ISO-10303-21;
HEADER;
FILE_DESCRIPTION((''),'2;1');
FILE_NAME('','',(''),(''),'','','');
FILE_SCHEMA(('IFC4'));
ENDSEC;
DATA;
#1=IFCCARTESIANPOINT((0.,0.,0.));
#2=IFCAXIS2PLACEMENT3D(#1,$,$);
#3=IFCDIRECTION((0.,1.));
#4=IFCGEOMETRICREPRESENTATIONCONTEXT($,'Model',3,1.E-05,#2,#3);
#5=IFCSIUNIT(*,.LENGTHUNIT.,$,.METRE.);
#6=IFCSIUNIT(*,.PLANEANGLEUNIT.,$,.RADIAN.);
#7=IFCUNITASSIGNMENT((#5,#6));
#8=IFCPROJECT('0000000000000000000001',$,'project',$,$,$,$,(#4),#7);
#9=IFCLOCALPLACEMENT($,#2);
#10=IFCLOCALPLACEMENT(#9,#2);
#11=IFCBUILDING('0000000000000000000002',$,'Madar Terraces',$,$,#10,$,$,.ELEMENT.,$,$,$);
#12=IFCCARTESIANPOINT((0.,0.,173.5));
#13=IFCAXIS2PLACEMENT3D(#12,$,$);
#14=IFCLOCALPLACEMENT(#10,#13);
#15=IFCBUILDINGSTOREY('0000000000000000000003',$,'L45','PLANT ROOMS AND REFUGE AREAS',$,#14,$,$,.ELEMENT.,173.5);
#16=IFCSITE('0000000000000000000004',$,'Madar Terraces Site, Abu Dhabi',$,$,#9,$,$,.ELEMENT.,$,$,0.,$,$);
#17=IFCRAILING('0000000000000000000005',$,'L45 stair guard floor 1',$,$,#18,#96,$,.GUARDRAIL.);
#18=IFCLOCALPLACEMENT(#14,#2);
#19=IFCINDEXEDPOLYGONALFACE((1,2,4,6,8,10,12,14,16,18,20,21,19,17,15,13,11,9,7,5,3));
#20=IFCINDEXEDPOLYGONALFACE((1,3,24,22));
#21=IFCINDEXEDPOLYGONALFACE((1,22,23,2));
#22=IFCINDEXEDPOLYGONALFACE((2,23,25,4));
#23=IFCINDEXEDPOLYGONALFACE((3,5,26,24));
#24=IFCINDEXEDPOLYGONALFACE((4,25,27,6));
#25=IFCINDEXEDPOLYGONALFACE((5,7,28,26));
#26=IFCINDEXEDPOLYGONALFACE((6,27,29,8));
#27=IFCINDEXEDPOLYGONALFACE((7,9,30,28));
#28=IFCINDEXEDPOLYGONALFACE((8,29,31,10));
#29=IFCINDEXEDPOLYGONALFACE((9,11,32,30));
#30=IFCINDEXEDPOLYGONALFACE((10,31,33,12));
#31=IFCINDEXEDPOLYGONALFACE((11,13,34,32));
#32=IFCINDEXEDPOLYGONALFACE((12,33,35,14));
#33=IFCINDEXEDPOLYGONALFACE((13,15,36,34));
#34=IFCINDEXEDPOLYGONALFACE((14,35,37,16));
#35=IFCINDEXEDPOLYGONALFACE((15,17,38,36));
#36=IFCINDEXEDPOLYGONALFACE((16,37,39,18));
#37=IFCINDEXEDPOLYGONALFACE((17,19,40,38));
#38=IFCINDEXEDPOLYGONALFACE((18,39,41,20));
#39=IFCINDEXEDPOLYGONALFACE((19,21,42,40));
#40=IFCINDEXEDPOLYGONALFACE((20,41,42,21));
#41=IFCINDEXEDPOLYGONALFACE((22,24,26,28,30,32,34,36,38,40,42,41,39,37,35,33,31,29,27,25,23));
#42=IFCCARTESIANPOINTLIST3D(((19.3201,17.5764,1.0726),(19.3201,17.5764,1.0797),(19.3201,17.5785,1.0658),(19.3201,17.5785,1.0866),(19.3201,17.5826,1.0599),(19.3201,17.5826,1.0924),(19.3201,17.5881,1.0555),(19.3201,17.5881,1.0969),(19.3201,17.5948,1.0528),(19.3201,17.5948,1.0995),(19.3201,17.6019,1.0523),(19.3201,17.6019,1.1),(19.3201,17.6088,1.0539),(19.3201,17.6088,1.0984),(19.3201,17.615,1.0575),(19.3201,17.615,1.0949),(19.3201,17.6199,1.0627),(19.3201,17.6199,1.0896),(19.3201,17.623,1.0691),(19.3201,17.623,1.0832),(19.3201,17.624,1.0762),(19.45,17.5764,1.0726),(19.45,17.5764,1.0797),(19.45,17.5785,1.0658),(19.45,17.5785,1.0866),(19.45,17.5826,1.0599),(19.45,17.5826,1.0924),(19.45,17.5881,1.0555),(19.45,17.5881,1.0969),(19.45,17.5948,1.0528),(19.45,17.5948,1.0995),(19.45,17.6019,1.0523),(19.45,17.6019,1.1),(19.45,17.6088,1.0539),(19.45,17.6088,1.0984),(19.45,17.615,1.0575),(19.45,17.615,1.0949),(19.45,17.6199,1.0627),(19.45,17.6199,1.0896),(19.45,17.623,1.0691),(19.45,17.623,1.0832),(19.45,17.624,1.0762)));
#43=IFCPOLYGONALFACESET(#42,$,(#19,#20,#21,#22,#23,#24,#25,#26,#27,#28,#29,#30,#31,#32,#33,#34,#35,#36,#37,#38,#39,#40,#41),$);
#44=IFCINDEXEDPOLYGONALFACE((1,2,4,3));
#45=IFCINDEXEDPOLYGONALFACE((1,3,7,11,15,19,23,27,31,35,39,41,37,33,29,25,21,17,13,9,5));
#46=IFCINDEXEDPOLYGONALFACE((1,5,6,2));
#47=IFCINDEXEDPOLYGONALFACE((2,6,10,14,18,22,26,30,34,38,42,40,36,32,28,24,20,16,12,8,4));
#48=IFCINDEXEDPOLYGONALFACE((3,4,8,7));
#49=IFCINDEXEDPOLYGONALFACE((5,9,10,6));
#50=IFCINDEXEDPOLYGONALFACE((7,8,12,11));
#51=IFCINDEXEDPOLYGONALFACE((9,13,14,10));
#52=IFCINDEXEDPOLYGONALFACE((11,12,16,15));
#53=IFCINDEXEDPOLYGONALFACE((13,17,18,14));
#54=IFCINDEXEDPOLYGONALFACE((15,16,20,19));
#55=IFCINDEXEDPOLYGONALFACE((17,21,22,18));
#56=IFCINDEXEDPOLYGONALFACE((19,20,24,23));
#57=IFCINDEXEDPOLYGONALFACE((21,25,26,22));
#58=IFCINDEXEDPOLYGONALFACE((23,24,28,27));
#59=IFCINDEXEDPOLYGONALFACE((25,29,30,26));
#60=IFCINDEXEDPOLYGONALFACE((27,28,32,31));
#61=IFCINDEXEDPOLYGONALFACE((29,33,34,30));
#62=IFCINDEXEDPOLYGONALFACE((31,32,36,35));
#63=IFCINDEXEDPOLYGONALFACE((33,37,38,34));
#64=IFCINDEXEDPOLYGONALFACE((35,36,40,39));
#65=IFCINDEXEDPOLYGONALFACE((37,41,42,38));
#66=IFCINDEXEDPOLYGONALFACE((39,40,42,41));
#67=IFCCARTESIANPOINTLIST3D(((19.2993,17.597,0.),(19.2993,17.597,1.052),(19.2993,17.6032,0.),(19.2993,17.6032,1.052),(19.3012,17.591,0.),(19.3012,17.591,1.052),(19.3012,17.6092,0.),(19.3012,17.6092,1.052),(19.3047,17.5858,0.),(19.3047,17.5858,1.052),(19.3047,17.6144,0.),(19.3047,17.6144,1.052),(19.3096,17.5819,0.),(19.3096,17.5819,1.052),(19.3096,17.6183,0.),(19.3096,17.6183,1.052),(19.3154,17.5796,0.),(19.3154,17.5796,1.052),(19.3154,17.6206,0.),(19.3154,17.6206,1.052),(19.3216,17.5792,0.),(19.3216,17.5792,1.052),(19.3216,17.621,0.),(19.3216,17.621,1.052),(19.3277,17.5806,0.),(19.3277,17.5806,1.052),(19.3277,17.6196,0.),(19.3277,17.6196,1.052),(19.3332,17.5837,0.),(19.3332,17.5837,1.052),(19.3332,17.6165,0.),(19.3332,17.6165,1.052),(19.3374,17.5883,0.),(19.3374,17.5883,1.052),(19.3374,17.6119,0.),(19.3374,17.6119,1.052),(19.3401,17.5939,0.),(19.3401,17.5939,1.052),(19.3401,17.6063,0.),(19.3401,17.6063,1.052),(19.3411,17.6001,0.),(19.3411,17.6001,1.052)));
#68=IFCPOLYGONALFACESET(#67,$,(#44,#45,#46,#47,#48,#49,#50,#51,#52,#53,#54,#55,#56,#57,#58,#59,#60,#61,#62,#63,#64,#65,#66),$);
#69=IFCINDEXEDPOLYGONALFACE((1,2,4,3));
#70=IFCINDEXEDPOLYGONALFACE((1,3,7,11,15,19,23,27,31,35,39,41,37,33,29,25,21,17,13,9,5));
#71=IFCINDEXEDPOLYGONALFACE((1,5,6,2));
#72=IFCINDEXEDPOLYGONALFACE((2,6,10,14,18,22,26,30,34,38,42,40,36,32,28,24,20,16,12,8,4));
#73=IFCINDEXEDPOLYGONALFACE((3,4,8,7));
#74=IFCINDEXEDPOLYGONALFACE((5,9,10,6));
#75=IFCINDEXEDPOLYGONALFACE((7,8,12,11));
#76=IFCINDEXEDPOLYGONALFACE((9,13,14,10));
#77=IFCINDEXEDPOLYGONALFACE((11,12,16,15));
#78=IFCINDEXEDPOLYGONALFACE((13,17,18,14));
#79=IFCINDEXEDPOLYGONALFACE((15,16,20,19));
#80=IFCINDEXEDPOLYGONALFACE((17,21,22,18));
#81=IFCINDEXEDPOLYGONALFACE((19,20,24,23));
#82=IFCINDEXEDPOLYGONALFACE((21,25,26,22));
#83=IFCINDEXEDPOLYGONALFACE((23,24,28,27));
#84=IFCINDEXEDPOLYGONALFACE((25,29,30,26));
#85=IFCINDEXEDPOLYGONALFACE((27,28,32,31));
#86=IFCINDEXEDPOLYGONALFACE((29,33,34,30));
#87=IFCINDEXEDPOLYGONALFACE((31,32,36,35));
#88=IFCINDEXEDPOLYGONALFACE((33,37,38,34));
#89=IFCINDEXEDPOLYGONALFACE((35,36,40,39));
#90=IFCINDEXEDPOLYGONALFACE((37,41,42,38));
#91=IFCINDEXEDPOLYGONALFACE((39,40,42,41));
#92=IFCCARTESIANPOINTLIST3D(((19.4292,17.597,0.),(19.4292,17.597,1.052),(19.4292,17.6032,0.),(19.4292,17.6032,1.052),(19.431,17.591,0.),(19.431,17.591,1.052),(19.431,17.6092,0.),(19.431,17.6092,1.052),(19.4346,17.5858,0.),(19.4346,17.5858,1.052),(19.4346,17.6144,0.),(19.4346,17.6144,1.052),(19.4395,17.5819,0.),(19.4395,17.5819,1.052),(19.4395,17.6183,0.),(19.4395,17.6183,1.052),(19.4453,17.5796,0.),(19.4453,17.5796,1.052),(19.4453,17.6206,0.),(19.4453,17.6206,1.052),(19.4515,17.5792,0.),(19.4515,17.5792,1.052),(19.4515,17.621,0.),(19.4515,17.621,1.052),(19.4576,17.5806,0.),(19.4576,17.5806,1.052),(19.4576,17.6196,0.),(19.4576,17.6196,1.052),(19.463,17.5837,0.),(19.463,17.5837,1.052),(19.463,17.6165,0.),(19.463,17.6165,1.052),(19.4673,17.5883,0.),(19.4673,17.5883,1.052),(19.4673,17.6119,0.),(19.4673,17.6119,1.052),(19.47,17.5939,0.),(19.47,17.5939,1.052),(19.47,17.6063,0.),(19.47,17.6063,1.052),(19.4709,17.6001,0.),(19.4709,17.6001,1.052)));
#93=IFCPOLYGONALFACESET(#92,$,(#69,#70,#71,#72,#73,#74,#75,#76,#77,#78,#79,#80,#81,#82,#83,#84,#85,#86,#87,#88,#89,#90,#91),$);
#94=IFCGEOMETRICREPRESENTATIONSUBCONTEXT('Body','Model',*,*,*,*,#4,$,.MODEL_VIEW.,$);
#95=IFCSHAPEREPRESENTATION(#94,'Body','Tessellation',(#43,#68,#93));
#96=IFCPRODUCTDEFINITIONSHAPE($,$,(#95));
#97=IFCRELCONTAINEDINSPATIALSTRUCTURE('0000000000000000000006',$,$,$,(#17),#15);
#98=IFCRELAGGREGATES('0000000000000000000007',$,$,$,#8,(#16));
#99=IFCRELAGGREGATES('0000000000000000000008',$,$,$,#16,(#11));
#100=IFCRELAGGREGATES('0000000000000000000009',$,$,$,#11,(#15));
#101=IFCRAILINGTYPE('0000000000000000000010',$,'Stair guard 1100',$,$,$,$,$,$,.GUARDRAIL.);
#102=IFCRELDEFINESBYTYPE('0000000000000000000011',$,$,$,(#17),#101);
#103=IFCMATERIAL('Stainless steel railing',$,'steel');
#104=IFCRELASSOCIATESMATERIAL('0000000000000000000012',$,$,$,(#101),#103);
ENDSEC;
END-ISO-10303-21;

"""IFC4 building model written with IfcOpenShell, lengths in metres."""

from ifc_helpers import new_model, si_unit, direction, frame, origin, origin_2d, place, context, subcontext, project, spatial, circle, extrude, material, type_object, element, save


model = new_model("IFC4")

# Units and contexts
model_context = context("Model", 3, precision=1e-05, world=origin(), true_north=direction((0.0, 1.0)))
body_context = subcontext(model_context, "Body", "Model", "MODEL_VIEW")
ifc_project = project(units=[si_unit("LENGTHUNIT", "METRE"), si_unit("PLANEANGLEUNIT", "RADIAN")], contexts=[model_context])

# Site, building, storey
site_placement = place(None, origin())
site = spatial("IfcSite", under=ifc_project, at=site_placement, Name="Madar Terraces Site, Abu Dhabi", CompositionType="ELEMENT", RefElevation=0.0)
building_placement = place(site_placement, origin())
building = spatial("IfcBuilding", under=site, at=building_placement, Name="Madar Terraces", CompositionType="ELEMENT")
storey_placement = place(building_placement, frame((0.0, 0.0, 173.5)))
storey = spatial("IfcBuildingStorey", under=building, at=storey_placement, Name="L45", Description="PLANT ROOMS AND REFUGE AREAS", CompositionType="ELEMENT", Elevation=173.5)

# Railing
ifc_material_1 = material(Name="Stainless steel railing", Category="steel")
railing_type_1 = type_object("IfcRailingType", Name="Stair guard 1100", PredefinedType="GUARDRAIL", material=ifc_material_1)
for number, where, name in (
    (1, (19.3201, 17.6001, 0.0), "L45 stair guard floor 1"),
):
    element("IfcRailing", number, at=place(storey_placement, frame(where)), inside=storey, type_object=railing_type_1, Name=name, PredefinedType="GUARDRAIL", context=body_context, shape_type="SweptSolid", body=[
        extrude(circle(Radius=0.0239, at=origin_2d()), frame((0.0, 0.0, 1.0762), z_axis=(1.0, 0.0, 0.0), x_axis=(0.0, 1.0, 0.0)), (0.0, 0.0, 1.0), 0.1299),
        extrude(circle(Radius=0.021, at=origin_2d()), origin(), (0.0, 0.0, 1.0), 1.052),
        extrude(circle(Radius=0.021, at=origin_2d()), frame((0.1299, 0.0, 0.0)), (0.0, 0.0, 1.0), 1.052),
    ])

save(model, "model.ifc")
